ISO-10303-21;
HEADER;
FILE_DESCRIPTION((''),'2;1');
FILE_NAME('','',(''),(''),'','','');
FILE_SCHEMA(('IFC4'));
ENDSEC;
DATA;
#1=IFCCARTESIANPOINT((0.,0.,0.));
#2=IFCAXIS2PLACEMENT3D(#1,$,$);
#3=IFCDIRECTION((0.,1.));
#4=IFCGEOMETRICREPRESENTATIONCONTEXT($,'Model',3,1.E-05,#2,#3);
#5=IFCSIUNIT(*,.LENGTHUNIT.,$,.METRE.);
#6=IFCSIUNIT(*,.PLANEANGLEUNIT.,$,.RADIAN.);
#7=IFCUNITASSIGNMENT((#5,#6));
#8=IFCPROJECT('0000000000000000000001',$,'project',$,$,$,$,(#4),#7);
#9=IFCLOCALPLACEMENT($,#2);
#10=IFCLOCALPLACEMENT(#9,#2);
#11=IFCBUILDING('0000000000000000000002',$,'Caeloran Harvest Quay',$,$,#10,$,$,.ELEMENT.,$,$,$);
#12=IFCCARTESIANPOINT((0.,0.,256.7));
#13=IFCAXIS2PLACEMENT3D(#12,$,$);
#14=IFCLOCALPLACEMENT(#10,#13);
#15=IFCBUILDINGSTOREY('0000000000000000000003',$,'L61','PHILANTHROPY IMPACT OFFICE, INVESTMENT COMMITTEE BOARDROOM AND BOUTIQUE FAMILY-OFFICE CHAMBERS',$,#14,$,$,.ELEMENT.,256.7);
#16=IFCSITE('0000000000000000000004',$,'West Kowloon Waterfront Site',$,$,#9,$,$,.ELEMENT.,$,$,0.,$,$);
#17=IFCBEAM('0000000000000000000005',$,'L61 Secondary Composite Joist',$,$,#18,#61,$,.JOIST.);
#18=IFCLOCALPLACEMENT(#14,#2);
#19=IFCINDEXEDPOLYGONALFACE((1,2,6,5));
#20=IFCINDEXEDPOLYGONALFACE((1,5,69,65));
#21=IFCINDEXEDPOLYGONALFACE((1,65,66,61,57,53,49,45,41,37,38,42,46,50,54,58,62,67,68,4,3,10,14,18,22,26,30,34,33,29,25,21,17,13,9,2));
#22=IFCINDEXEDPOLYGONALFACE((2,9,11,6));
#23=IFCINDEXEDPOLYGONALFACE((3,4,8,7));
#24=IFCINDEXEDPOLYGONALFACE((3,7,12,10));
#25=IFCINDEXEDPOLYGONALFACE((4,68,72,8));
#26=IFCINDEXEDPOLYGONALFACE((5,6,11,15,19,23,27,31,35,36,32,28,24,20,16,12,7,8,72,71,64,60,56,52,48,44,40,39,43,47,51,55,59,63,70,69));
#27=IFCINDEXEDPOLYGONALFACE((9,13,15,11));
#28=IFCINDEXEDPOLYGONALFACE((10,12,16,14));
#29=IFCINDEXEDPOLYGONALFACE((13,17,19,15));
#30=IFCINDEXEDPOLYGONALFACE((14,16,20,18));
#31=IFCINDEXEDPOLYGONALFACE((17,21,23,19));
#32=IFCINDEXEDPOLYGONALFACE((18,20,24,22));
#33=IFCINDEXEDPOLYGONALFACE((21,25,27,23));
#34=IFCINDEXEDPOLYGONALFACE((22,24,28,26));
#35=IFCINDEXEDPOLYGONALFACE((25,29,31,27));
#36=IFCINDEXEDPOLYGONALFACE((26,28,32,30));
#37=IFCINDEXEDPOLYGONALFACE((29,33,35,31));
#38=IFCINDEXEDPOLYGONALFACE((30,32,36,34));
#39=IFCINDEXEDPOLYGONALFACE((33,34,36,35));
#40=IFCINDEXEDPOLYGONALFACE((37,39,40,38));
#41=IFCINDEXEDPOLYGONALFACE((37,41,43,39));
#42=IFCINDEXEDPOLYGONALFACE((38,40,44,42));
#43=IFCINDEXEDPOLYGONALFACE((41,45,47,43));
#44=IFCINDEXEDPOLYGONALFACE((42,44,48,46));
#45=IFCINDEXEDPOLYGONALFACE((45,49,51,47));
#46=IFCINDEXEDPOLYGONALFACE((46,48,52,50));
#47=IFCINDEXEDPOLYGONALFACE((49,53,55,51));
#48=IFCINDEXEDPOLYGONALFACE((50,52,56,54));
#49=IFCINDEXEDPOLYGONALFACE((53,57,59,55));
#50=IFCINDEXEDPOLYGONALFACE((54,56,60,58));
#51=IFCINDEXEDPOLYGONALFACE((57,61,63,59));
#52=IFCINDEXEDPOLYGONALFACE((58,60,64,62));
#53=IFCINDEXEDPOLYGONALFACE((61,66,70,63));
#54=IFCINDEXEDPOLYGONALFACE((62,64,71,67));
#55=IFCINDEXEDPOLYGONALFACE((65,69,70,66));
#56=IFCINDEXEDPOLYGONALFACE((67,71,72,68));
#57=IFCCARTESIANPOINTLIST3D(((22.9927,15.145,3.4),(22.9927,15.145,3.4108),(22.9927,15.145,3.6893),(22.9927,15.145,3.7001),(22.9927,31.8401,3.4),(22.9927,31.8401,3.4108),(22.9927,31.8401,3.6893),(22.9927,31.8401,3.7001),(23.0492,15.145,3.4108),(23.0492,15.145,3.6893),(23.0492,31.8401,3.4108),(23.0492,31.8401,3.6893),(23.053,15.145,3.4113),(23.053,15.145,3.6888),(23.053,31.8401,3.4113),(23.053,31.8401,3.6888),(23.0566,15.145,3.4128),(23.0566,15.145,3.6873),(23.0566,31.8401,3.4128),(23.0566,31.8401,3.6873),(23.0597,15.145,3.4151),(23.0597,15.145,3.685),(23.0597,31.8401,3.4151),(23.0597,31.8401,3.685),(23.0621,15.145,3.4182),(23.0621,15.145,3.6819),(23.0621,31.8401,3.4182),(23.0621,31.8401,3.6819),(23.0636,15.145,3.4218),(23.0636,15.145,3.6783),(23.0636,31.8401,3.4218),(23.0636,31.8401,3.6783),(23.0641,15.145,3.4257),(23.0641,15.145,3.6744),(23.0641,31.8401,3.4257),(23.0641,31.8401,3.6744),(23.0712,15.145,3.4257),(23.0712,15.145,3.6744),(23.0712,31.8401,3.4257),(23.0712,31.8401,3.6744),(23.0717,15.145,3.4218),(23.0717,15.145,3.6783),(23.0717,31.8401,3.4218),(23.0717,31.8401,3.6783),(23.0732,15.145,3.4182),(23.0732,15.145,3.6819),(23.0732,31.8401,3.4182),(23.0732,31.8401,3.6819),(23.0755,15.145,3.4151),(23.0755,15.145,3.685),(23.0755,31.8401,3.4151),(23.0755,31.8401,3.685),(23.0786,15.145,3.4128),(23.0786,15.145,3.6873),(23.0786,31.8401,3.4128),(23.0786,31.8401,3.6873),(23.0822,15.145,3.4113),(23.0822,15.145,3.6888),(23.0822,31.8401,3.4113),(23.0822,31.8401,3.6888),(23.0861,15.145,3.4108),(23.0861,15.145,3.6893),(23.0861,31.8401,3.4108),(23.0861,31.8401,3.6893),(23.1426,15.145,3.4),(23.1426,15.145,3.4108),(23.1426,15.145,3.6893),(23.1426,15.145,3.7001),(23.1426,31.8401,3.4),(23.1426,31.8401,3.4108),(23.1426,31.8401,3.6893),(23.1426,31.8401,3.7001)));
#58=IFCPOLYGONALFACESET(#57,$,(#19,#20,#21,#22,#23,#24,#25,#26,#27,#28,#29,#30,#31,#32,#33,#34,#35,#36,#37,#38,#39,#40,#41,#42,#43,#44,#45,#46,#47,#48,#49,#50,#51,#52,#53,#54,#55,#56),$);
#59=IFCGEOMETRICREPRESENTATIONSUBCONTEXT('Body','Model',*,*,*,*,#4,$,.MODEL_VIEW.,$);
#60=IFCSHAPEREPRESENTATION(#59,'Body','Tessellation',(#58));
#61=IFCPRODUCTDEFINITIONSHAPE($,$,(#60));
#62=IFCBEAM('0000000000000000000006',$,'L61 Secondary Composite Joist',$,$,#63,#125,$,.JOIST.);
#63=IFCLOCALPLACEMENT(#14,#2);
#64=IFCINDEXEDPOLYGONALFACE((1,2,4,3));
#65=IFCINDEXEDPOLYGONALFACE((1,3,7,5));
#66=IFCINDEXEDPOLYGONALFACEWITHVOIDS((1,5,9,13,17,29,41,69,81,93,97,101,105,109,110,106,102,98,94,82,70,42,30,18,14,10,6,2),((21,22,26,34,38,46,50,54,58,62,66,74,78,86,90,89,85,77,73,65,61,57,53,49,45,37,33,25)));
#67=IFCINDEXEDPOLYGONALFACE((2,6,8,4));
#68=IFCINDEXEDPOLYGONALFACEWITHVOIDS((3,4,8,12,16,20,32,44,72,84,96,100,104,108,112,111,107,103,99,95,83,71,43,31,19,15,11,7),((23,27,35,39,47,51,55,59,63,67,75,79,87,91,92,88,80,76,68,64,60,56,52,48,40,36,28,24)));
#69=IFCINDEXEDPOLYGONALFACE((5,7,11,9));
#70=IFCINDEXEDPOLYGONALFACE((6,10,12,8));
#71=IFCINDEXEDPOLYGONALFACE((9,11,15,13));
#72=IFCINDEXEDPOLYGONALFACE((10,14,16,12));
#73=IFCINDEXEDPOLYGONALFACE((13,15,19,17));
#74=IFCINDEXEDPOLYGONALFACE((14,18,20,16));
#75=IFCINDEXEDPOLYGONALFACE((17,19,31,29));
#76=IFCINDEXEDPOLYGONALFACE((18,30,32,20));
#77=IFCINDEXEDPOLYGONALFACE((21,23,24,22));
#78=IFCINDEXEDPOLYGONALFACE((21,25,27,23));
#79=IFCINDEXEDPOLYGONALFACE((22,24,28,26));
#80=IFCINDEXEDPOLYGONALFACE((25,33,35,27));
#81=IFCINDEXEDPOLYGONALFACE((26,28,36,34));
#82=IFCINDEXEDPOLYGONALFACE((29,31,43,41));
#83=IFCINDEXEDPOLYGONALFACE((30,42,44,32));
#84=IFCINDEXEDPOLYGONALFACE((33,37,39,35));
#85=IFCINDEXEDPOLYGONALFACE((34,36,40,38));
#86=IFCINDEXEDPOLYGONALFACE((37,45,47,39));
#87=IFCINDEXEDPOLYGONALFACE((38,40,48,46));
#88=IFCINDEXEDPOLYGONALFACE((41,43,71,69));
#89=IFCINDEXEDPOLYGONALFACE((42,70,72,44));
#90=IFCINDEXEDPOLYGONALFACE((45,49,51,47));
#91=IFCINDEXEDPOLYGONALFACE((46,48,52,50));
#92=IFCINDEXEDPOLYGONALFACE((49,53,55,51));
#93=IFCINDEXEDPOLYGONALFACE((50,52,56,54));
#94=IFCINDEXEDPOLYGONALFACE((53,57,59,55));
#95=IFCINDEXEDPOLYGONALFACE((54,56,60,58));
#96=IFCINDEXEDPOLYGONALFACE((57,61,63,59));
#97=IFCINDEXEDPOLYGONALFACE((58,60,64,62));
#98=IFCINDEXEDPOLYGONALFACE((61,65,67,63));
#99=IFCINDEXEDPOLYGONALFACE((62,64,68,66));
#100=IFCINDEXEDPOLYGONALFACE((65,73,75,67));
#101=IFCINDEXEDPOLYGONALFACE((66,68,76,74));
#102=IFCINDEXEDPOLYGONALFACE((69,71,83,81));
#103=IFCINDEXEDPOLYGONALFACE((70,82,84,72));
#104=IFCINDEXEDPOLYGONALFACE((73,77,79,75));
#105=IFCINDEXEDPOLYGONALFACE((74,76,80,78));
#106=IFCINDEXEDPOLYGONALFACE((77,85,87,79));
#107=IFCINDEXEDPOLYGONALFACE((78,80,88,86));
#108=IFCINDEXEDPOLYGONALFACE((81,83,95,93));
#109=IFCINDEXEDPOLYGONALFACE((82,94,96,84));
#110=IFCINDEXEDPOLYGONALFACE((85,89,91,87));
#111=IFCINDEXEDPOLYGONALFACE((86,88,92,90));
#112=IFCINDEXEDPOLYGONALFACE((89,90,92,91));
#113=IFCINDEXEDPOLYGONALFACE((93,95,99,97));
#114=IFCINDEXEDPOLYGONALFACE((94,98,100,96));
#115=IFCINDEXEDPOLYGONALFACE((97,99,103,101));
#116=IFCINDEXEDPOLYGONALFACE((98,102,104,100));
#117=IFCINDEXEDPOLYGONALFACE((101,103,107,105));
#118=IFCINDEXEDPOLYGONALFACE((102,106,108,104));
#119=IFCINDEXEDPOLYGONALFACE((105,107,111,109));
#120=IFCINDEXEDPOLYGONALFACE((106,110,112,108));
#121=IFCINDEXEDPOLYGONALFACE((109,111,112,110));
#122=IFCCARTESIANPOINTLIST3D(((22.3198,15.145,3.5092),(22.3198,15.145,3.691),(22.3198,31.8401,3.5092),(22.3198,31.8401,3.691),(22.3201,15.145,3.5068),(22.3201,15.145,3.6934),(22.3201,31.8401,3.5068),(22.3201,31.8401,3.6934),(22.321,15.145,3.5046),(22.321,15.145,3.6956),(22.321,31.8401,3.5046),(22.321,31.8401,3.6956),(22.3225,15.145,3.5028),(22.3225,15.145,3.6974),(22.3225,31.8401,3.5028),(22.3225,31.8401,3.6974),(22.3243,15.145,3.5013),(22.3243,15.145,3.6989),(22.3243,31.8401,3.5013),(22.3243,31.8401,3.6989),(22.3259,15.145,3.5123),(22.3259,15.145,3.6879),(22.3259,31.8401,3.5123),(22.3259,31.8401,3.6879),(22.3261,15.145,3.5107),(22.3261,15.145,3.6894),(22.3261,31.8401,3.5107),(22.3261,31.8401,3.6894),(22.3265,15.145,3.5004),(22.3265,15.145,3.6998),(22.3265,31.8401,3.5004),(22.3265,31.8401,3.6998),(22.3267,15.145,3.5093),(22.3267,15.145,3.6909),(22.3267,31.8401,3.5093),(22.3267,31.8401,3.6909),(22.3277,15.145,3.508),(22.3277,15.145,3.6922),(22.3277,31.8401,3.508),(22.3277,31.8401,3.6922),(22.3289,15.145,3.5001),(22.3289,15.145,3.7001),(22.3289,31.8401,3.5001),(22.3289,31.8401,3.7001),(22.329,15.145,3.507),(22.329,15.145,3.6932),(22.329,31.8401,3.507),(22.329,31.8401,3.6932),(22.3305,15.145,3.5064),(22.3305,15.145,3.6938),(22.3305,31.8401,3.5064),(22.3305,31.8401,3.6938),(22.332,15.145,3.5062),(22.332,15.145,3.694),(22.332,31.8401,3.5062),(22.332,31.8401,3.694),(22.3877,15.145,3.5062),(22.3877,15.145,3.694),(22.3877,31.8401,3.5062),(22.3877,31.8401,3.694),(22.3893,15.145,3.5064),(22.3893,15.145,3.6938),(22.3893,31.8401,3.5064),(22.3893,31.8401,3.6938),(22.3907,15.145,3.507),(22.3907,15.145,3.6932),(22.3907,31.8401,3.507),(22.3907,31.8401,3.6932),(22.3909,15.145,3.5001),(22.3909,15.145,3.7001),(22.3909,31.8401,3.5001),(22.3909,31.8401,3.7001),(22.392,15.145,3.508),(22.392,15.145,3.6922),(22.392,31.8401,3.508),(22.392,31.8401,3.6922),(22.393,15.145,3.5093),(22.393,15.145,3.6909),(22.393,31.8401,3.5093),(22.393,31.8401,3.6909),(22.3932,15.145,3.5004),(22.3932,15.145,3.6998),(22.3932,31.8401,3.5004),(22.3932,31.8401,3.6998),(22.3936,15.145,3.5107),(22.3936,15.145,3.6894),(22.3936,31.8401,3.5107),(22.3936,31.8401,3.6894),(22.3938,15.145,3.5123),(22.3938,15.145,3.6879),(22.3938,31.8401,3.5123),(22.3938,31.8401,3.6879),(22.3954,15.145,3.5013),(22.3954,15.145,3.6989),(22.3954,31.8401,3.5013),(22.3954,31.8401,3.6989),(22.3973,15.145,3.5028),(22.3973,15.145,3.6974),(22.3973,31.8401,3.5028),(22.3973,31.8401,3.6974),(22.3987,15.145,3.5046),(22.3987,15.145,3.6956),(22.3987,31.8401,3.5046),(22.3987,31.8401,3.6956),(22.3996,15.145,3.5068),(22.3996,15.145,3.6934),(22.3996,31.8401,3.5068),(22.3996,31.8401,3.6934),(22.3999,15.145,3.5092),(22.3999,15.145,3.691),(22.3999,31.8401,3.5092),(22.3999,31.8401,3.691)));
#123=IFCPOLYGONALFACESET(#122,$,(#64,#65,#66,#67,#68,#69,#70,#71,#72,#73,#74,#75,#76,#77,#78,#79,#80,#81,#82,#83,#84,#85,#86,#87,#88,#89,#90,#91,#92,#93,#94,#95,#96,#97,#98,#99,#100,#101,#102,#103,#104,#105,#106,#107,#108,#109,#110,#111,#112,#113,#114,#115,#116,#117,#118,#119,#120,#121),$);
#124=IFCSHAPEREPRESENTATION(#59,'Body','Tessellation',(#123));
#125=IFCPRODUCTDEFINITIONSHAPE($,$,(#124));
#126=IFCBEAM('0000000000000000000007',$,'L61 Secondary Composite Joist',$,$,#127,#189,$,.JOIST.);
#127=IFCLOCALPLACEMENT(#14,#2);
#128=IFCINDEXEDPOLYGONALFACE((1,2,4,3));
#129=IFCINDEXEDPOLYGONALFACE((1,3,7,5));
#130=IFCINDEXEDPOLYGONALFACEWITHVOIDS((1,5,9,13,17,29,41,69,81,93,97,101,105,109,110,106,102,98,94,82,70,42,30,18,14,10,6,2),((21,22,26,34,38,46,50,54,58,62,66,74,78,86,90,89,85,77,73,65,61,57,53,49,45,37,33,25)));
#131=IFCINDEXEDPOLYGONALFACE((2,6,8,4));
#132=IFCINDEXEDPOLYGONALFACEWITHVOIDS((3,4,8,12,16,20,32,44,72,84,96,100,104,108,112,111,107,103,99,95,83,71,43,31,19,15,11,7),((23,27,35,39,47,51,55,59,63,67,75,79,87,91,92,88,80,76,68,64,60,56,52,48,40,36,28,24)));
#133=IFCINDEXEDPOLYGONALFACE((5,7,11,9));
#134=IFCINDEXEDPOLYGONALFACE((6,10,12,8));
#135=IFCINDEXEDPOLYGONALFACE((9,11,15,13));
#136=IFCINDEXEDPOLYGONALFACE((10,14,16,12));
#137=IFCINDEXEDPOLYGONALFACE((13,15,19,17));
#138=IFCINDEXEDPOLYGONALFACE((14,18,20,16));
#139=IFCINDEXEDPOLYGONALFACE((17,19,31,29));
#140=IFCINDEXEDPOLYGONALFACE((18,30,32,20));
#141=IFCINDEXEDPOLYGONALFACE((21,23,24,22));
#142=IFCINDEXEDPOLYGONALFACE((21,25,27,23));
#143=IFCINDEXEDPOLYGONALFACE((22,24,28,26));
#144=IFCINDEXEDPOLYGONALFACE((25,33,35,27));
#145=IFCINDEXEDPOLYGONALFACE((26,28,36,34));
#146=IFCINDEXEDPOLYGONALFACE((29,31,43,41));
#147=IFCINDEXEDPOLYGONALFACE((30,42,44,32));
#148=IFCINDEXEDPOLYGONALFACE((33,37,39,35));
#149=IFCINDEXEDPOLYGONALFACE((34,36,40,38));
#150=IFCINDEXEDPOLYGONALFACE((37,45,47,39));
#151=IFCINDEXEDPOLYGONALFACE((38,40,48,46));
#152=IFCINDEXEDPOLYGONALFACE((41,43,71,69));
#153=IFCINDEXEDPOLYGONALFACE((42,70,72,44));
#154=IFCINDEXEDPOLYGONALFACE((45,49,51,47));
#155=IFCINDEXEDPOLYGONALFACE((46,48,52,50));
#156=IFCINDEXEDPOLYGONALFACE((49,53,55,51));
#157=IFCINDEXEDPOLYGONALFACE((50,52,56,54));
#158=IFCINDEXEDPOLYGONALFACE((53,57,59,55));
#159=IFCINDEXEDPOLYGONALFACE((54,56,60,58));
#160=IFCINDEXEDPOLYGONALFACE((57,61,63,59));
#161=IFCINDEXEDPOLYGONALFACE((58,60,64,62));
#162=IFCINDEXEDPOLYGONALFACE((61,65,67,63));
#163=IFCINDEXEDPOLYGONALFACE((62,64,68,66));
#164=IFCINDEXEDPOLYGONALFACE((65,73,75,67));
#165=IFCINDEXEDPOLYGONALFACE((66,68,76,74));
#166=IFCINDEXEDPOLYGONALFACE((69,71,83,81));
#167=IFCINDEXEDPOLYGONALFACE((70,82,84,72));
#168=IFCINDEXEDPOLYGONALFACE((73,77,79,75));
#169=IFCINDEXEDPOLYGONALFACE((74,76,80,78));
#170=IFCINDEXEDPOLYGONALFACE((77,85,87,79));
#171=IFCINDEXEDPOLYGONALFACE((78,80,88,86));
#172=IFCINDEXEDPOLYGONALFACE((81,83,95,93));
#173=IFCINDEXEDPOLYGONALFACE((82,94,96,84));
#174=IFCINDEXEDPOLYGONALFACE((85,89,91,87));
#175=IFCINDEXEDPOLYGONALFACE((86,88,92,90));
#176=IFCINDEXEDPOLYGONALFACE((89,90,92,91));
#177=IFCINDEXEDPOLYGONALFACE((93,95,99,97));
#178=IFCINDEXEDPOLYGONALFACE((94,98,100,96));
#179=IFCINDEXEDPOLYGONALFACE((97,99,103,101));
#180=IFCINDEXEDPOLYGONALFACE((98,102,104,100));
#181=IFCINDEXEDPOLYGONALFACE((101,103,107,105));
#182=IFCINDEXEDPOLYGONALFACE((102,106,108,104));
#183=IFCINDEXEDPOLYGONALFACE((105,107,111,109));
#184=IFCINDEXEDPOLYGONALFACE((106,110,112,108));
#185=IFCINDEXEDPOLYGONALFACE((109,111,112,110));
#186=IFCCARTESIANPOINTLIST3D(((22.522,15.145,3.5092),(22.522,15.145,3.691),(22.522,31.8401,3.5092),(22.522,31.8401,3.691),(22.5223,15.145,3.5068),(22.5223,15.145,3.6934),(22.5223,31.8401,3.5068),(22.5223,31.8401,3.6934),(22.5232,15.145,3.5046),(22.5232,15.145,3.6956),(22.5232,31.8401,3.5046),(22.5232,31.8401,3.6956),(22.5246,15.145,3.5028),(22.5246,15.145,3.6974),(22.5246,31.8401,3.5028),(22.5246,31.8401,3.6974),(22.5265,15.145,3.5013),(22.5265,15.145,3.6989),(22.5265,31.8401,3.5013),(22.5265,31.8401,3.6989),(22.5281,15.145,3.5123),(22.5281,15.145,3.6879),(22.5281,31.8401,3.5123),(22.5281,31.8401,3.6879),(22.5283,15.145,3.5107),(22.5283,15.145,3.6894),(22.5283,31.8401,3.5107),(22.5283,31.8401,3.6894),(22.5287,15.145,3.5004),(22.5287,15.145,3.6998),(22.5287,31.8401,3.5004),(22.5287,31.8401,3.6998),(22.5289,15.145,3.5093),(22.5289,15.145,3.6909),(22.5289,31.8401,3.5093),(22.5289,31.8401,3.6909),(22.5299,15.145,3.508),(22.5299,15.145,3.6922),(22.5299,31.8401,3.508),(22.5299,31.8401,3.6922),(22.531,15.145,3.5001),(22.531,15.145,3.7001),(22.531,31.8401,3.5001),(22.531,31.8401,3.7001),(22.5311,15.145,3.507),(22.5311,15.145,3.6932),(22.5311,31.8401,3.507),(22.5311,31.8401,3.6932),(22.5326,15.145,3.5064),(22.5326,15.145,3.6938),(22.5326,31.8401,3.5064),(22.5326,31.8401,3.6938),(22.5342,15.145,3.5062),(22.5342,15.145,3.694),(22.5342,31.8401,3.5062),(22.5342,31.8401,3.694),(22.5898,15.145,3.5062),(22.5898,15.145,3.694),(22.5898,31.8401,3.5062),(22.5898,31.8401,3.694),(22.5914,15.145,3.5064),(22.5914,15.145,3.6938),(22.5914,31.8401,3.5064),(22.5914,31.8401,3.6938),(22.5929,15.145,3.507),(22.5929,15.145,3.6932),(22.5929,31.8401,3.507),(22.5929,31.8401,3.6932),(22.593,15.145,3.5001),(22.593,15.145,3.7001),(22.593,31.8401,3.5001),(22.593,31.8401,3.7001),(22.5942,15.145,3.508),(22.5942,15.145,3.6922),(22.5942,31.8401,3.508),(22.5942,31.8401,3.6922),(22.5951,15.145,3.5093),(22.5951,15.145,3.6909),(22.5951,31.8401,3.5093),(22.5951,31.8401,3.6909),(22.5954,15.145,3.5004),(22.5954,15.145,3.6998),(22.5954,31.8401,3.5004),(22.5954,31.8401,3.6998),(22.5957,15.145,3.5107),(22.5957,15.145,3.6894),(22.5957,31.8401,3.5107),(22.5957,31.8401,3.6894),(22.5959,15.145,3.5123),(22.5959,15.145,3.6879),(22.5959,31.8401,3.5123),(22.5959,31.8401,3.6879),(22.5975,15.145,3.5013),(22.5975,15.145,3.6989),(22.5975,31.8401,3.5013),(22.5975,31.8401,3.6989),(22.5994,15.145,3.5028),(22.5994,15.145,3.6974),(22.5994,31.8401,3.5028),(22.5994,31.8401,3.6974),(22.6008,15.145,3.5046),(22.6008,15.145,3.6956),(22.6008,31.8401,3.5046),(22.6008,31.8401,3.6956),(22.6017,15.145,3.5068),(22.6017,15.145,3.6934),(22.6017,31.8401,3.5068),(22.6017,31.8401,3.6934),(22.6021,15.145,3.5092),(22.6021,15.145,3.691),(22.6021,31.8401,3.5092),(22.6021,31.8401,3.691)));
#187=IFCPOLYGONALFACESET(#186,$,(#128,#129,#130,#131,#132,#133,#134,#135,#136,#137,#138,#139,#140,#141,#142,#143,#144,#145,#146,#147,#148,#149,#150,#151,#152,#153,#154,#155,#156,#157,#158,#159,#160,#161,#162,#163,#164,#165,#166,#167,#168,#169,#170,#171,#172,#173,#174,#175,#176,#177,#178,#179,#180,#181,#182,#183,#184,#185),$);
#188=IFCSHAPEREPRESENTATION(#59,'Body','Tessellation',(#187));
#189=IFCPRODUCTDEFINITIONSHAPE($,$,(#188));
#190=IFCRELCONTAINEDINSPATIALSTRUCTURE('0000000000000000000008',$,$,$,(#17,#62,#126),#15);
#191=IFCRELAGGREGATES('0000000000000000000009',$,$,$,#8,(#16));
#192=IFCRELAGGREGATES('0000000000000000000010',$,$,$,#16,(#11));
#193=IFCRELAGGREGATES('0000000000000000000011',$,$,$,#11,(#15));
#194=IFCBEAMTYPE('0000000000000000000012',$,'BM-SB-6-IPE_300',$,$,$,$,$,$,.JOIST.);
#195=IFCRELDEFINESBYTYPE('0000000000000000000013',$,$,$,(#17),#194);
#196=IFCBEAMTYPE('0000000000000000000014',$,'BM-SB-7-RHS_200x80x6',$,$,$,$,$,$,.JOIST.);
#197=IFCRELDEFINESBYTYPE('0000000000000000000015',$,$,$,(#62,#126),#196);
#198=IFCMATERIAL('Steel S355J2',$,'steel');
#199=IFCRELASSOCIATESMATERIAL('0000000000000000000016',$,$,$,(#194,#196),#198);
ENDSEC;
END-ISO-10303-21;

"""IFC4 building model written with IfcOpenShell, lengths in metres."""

from ifc_helpers import new_model, si_unit, direction, frame, origin, origin_2d, place, context, subcontext, project, spatial, hollow_rectangle, i_section, extrude, material, material_profile, profile_set, type_object, element, save


model = new_model("IFC4")

# Units and contexts
model_context = context("Model", 3, precision=1e-05, world=origin(), true_north=direction((0.0, 1.0)))
body_context = subcontext(model_context, "Body", "Model", "MODEL_VIEW")
ifc_project = project(units=[si_unit("LENGTHUNIT", "METRE"), si_unit("PLANEANGLEUNIT", "RADIAN")], contexts=[model_context])

# Site, building, storey
site_placement = place(None, origin())
site = spatial("IfcSite", under=ifc_project, at=site_placement, Name="West Kowloon Waterfront Site", CompositionType="ELEMENT", RefElevation=0.0)
building_placement = place(site_placement, origin())
building = spatial("IfcBuilding", under=site, at=building_placement, Name="Caeloran Harvest Quay", CompositionType="ELEMENT")
storey_placement = place(building_placement, frame((0.0, 0.0, 256.7)))
storey = spatial("IfcBuildingStorey", under=building, at=storey_placement, Name="L61", Description="PHILANTHROPY IMPACT OFFICE, INVESTMENT COMMITTEE BOARDROOM AND BOUTIQUE FAMILY-OFFICE CHAMBERS", CompositionType="ELEMENT", Elevation=256.7)

# Beams
ifc_material_1 = material(Name="Steel S355J2", Category="steel")
ifc_material_profile_1 = material_profile(ifc_material_1, i_section(OverallWidth=0.1499, OverallDepth=0.3, WebThickness=0.0071, FlangeThickness=0.0107, FilletRadius=0.0149, at=origin_2d()), Name="IPE 300")
ifc_profile_set_1 = profile_set([ifc_material_profile_1], Name="Steel S355J2")
beam_type_1 = type_object("IfcBeamType", Name="BM-SB-6-IPE_300", PredefinedType="JOIST", material=ifc_profile_set_1)
for number, where, z_axis, x_axis, name in (
    (1, (23.0676, 15.145, 3.55), (0.0, 1.0, 0.0), (-1.0, 0.0, 0.0), "L61 Secondary Composite Joist"),
):
    element("IfcBeam", number, at=place(storey_placement, frame(where, z_axis=z_axis, x_axis=x_axis)), inside=storey, type_object=beam_type_1, Name=name, PredefinedType="JOIST", context=body_context, shape_type="SweptSolid", body=[
        extrude(i_section(OverallWidth=0.1499, OverallDepth=0.3, WebThickness=0.0071, FlangeThickness=0.0107, FilletRadius=0.0149, at=origin_2d()), origin(), (0.0, 0.0, 1.0), 16.6951),
    ])
ifc_material_profile_2 = material_profile(ifc_material_1, hollow_rectangle(XDim=0.0801, YDim=0.2, WallThickness=0.0061, InnerFilletRadius=0.0061, OuterFilletRadius=0.009, at=origin_2d()), Name="RHS 200x80x6")
ifc_profile_set_2 = profile_set([ifc_material_profile_2], Name="Steel S355J2")
beam_type_2 = type_object("IfcBeamType", Name="BM-SB-7-RHS_200x80x6", PredefinedType="JOIST", material=ifc_profile_set_2)
for number, where, z_axis, x_axis, name in (
    (2, (22.3599, 15.145, 3.6001), (0.0, 1.0, 0.0), (-1.0, 0.0, 0.0), "L61 Secondary Composite Joist"),
    (3, (22.562, 15.145, 3.6001), (0.0, 1.0, 0.0), (-1.0, 0.0, 0.0), "L61 Secondary Composite Joist"),
):
    element("IfcBeam", number, at=place(storey_placement, frame(where, z_axis=z_axis, x_axis=x_axis)), inside=storey, type_object=beam_type_2, Name=name, PredefinedType="JOIST", context=body_context, shape_type="SweptSolid", body=[
        extrude(hollow_rectangle(XDim=0.0801, YDim=0.2, WallThickness=0.0061, InnerFilletRadius=0.0061, OuterFilletRadius=0.009, at=origin_2d()), origin(), (0.0, 0.0, 1.0), 16.6951),
    ])

save(model, "model.ifc")
